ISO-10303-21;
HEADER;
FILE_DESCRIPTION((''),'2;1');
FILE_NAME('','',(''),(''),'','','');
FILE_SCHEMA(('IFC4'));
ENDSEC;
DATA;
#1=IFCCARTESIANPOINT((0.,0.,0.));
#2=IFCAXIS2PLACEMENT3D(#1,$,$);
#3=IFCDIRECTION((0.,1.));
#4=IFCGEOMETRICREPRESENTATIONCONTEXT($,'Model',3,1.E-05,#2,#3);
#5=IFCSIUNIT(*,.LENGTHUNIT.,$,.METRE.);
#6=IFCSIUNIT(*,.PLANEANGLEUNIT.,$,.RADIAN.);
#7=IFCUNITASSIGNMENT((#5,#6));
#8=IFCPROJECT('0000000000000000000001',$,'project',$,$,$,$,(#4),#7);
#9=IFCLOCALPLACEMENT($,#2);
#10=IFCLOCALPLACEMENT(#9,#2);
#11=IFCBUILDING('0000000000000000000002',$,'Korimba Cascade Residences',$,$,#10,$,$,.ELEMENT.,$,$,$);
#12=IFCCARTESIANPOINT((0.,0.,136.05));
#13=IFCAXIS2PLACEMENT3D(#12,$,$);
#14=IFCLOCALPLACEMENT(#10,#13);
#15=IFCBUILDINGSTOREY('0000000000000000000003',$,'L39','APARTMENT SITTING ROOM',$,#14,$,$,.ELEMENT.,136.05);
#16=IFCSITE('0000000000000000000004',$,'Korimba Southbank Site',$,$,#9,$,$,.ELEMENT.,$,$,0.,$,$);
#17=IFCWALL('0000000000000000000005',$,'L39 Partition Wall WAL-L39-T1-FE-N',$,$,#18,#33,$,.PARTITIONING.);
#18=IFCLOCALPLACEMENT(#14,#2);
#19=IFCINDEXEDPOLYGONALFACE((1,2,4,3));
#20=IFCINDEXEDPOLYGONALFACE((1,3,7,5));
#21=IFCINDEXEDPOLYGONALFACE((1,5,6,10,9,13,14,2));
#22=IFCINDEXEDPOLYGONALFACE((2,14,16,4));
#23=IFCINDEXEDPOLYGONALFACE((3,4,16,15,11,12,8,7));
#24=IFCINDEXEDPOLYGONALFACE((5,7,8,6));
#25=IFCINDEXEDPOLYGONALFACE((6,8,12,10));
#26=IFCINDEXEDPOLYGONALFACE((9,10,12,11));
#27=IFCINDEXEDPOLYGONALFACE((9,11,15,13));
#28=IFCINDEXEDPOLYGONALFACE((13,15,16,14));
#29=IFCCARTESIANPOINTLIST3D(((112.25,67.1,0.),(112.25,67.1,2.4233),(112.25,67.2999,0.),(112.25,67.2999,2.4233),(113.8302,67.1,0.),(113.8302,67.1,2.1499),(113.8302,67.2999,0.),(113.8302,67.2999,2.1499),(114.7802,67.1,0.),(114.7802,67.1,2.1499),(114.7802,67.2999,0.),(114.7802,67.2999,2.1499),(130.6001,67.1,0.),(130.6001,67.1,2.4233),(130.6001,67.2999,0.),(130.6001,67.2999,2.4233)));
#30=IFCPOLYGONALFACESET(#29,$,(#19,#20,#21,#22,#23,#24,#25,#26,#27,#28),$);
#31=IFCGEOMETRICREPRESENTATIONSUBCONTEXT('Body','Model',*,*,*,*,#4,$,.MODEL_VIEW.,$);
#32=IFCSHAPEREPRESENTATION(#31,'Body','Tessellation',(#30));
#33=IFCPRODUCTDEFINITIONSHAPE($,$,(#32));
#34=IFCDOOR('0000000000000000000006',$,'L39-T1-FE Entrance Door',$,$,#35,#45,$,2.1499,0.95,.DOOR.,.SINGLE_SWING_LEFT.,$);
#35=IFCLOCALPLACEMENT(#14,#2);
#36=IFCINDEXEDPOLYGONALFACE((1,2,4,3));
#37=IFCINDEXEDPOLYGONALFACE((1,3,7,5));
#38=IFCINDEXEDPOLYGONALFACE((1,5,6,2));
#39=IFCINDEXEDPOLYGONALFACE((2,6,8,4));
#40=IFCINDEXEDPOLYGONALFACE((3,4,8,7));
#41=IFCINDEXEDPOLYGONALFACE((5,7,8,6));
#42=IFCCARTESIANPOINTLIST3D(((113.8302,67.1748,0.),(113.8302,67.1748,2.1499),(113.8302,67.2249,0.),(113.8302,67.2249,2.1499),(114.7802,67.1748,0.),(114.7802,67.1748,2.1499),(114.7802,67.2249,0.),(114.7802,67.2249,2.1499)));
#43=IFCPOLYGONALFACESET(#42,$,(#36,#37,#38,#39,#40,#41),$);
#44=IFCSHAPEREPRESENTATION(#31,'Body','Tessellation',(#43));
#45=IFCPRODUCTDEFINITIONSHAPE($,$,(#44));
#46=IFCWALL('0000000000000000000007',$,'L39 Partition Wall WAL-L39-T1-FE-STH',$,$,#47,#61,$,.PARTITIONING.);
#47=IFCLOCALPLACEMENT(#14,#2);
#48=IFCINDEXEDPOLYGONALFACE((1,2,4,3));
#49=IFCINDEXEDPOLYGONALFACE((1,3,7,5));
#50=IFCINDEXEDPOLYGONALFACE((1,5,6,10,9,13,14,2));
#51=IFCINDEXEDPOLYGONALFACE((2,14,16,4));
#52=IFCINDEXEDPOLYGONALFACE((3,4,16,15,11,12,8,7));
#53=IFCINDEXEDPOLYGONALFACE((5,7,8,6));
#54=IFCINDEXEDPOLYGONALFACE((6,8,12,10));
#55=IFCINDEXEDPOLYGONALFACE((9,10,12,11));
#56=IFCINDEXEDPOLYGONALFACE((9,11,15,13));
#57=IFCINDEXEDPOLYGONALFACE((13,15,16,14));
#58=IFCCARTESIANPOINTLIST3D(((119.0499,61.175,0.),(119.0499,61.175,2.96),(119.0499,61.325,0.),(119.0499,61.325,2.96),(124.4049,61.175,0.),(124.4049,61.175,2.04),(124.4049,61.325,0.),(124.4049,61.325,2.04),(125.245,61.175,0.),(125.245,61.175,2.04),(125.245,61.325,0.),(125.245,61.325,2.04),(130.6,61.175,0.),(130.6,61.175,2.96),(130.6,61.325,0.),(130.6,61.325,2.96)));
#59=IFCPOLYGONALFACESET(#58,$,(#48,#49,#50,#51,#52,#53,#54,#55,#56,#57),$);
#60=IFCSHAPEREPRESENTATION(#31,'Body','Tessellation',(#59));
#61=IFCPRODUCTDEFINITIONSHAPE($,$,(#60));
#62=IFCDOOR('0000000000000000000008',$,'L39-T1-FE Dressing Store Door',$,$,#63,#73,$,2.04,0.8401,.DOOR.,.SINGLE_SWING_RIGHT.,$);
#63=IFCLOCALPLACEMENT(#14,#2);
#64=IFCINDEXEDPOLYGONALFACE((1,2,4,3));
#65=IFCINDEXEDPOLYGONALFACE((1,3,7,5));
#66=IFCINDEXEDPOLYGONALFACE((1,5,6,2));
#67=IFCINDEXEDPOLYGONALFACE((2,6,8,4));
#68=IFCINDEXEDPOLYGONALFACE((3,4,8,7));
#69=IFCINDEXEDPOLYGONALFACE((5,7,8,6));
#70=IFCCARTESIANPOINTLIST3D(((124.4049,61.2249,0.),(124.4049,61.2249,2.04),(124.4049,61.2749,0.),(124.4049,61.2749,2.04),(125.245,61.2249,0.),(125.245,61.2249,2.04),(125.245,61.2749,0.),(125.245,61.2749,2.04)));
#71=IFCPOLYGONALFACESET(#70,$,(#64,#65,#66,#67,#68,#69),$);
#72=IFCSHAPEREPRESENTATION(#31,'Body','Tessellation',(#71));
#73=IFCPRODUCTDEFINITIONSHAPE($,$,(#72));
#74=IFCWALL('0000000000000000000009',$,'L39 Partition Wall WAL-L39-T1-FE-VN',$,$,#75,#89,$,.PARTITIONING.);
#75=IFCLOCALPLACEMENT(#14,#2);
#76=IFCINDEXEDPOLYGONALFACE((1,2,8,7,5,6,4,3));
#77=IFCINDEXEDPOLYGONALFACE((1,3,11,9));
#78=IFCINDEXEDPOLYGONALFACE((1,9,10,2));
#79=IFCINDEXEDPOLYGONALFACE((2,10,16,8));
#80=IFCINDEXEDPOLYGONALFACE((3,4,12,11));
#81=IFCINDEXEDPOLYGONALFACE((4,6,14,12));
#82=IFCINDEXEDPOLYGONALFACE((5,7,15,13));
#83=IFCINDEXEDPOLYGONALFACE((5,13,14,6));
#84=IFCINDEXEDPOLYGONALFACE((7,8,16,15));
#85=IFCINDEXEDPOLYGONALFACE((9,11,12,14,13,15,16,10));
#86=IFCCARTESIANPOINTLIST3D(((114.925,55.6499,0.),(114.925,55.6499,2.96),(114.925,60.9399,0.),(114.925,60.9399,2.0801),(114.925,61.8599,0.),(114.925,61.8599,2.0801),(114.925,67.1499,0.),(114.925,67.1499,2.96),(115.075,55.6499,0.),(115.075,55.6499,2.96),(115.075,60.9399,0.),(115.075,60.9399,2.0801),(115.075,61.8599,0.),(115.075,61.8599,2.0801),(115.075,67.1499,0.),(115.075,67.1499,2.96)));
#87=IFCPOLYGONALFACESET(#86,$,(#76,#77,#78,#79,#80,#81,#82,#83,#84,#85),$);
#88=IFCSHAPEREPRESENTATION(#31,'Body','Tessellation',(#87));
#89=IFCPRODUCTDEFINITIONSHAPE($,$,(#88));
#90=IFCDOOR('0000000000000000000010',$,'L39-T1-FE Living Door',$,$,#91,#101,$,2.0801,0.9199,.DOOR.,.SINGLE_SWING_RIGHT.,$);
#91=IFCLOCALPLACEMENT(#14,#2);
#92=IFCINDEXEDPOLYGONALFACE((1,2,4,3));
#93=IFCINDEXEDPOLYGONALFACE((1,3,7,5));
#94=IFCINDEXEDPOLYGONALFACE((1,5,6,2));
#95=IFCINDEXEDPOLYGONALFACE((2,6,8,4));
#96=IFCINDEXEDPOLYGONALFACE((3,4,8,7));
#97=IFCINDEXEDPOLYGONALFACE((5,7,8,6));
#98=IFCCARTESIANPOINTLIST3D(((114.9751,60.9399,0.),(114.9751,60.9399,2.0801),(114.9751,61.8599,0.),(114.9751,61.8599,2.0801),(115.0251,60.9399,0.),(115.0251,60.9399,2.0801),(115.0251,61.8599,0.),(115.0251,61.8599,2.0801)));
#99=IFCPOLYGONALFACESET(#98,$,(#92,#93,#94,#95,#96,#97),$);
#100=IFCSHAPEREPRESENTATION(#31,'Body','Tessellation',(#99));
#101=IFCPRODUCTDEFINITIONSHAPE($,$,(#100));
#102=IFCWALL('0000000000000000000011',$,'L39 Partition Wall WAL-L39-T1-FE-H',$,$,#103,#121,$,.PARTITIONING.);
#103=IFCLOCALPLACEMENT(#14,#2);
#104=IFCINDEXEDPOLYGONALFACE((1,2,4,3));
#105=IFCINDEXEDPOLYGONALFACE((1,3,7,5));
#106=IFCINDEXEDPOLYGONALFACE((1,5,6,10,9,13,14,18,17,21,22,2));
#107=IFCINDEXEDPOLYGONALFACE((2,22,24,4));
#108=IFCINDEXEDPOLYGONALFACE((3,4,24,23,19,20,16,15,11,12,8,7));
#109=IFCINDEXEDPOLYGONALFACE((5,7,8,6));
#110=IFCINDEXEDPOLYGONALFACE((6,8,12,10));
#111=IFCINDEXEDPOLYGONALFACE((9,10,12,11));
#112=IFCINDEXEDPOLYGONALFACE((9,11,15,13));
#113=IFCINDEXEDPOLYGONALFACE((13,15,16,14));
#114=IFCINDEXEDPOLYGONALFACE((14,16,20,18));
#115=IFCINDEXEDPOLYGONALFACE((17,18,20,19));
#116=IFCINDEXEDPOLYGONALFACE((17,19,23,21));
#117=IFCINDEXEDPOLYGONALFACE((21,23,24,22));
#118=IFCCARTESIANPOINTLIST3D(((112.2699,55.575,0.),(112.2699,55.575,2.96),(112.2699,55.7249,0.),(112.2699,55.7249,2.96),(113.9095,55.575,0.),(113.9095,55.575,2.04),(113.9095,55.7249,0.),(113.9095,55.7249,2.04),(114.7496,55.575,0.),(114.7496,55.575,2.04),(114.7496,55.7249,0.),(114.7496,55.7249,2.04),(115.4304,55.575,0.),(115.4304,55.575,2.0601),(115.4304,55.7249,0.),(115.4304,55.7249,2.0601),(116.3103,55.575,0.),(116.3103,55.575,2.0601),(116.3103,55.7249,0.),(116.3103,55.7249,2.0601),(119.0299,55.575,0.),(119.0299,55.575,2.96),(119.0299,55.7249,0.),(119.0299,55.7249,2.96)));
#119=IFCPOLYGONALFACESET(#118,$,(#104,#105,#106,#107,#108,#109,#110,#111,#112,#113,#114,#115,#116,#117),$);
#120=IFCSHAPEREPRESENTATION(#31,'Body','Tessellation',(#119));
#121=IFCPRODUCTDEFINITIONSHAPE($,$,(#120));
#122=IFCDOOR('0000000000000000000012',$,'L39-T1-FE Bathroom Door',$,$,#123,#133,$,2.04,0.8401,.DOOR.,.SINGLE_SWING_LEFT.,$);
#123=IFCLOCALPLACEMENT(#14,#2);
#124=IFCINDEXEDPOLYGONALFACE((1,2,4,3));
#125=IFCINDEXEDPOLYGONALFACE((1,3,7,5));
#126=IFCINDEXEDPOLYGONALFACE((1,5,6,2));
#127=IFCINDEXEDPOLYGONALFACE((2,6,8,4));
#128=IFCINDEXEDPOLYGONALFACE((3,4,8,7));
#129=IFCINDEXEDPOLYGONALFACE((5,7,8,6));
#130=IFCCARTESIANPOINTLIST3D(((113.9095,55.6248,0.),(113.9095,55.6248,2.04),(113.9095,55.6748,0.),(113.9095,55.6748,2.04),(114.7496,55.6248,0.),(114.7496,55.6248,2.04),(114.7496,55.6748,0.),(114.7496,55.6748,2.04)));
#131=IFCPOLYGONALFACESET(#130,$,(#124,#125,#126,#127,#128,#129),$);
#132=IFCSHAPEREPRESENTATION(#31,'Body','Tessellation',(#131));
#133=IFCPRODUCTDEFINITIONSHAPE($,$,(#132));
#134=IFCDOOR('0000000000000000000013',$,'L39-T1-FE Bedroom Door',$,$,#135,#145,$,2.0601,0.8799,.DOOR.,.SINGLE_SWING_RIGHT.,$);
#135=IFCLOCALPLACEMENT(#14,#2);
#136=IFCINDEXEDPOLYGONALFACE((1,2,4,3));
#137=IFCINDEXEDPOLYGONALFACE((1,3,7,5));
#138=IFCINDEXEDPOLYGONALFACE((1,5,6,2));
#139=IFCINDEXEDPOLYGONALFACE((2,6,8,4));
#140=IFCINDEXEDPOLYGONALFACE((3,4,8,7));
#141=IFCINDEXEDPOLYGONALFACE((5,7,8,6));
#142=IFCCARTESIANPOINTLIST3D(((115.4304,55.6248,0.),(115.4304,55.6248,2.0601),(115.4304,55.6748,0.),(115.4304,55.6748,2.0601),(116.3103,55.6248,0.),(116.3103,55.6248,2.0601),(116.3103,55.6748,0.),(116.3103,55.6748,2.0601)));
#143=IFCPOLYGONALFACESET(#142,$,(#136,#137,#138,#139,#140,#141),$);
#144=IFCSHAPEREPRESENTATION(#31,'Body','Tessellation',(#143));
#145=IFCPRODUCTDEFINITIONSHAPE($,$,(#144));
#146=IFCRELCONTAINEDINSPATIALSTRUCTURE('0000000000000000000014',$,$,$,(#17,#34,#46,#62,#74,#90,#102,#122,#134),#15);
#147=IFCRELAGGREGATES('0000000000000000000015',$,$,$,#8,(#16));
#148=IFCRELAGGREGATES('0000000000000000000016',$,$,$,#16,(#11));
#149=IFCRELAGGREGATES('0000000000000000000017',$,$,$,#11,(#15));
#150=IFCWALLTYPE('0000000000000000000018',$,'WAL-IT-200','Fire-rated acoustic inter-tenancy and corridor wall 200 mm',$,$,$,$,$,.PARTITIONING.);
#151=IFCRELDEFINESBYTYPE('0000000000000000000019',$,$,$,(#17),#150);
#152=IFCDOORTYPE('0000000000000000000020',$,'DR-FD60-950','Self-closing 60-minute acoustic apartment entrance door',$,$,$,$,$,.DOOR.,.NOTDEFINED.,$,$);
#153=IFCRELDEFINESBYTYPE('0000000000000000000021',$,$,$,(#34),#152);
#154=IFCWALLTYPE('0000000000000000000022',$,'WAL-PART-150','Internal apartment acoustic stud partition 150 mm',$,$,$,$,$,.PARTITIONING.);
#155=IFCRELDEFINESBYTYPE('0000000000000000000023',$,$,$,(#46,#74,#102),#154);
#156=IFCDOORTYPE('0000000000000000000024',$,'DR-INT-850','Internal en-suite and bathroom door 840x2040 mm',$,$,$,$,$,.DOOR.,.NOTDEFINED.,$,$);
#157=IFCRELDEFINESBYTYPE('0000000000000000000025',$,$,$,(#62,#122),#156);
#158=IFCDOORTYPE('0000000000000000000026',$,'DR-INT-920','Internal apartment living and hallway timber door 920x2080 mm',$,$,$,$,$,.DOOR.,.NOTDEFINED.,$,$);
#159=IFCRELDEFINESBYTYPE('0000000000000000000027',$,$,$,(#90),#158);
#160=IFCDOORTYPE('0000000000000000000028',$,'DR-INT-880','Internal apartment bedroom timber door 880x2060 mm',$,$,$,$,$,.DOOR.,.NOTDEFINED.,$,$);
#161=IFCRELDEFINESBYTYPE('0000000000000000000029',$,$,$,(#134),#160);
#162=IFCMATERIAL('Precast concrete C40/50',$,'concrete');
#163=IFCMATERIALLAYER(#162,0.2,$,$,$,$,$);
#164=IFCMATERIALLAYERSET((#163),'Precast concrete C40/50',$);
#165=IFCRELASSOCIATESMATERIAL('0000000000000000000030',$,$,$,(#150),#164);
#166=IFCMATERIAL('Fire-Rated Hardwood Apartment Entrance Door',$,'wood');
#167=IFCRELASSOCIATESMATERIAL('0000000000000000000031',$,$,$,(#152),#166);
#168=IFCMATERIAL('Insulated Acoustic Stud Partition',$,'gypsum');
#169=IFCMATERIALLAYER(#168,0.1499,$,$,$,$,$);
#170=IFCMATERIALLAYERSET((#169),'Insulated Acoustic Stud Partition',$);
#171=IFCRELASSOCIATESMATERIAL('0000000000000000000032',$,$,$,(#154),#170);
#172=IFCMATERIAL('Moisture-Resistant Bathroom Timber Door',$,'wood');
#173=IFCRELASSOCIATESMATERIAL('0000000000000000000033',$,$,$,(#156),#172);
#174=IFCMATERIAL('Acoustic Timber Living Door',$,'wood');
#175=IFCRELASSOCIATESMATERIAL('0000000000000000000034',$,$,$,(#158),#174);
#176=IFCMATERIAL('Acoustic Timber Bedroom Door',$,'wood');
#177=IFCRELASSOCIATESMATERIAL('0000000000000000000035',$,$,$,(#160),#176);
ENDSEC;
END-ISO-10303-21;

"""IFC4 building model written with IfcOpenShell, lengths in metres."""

from ifc_helpers import new_model, si_unit, direction, frame, frame_2d, origin, place, context, subcontext, project, spatial, rectangle, extrude, material, layer, layer_set, type_object, element, fill, save


model = new_model("IFC4")

# Units and contexts
model_context = context("Model", 3, precision=1e-05, world=origin(), true_north=direction((0.0, 1.0)))
body_context = subcontext(model_context, "Body", "Model", "MODEL_VIEW")
ifc_project = project(units=[si_unit("LENGTHUNIT", "METRE"), si_unit("PLANEANGLEUNIT", "RADIAN")], contexts=[model_context])

# Site, building, storey
site_placement = place(None, origin())
site = spatial("IfcSite", under=ifc_project, at=site_placement, Name="Korimba Southbank Site", CompositionType="ELEMENT", RefElevation=0.0)
building_placement = place(site_placement, origin())
building = spatial("IfcBuilding", under=site, at=building_placement, Name="Korimba Cascade Residences", CompositionType="ELEMENT")
storey_placement = place(building_placement, frame((0.0, 0.0, 136.05)))
storey = spatial("IfcBuildingStorey", under=building, at=storey_placement, Name="L39", Description="APARTMENT SITTING ROOM", CompositionType="ELEMENT", Elevation=136.05)

# Walls, openings, doors
ifc_material_1 = material(Name="Precast concrete C40/50", Category="concrete")
ifc_layer_1 = layer(ifc_material_1, 0.2)
ifc_layer_set_1 = layer_set([ifc_layer_1], Name="Precast concrete C40/50")
wall_type_1 = type_object("IfcWallType", Name="WAL-IT-200", Description="Fire-rated acoustic inter-tenancy and corridor wall 200 mm", PredefinedType="PARTITIONING", material=ifc_layer_set_1)
wall_1_placement = place(storey_placement, frame((112.25, 67.2, 0.0), z_axis=(0.0, 0.0, 1.0), x_axis=(1.0, 0.0, 0.0)))
wall_1 = element("IfcWall", 1, at=wall_1_placement, inside=storey, type_object=wall_type_1, Name="L39 Partition Wall WAL-L39-T1-FE-N", PredefinedType="PARTITIONING", context=body_context, shape_type="SweptSolid", body=[
    extrude(rectangle(XDim=18.3501, YDim=0.2, at=frame_2d((9.175, 0.0))), origin(), (0.0, 0.0, 1.0), 2.4233),
])
opening_1_placement = place(wall_1_placement, frame((1.5801, 0.0, 0.0)))
opening_1 = element("IfcOpeningElement", 2, at=opening_1_placement, cuts=wall_1, PredefinedType="OPENING", context=body_context, shape_type="SweptSolid", body=[
    extrude(rectangle(XDim=0.95, YDim=2.1499, at=frame_2d((0.4751, 1.075))), frame((0.0, 0.1099, 0.0), z_axis=(0.0, -1.0, 0.0), x_axis=(1.0, 0.0, 0.0)), (0.0, 0.0, 1.0), 0.22),
])
ifc_material_2 = material(Name="Fire-Rated Hardwood Apartment Entrance Door", Category="wood")
door_type_1 = type_object("IfcDoorType", Name="DR-FD60-950", Description="Self-closing 60-minute acoustic apartment entrance door", OperationType="NOTDEFINED", PredefinedType="DOOR", material=ifc_material_2)
door_1_placement = place(opening_1_placement, origin())
door_1 = element("IfcDoor", 3, at=door_1_placement, inside=storey, type_object=door_type_1, Name="L39-T1-FE Entrance Door", OperationType="SINGLE_SWING_LEFT", OverallHeight=2.1499, OverallWidth=0.95, PredefinedType="DOOR", context=body_context, shape_type="SweptSolid", body=[
    extrude(rectangle(XDim=0.95, YDim=2.1499, at=frame_2d((0.4751, 1.075))), frame((0.0, 0.0249, 0.0), z_axis=(0.0, -1.0, 0.0), x_axis=(1.0, 0.0, 0.0)), (0.0, 0.0, 1.0), 0.05),
])
fill(opening_1, door_1)
ifc_material_3 = material(Name="Insulated Acoustic Stud Partition", Category="gypsum")
ifc_layer_2 = layer(ifc_material_3, 0.1499)
ifc_layer_set_2 = layer_set([ifc_layer_2], Name="Insulated Acoustic Stud Partition")
wall_type_2 = type_object("IfcWallType", Name="WAL-PART-150", Description="Internal apartment acoustic stud partition 150 mm", PredefinedType="PARTITIONING", material=ifc_layer_set_2)
wall_2_placement = place(storey_placement, frame((119.05, 61.25, 0.0), z_axis=(0.0, 0.0, 1.0), x_axis=(1.0, 0.0, 0.0)))
wall_2 = element("IfcWall", 4, at=wall_2_placement, inside=storey, type_object=wall_type_2, Name="L39 Partition Wall WAL-L39-T1-FE-STH", PredefinedType="PARTITIONING", context=body_context, shape_type="SweptSolid", body=[
    extrude(rectangle(XDim=11.55, YDim=0.1499, at=frame_2d((5.7749, 0.0))), origin(), (0.0, 0.0, 1.0), 2.96),
])
opening_2_placement = place(wall_2_placement, frame((5.355, 0.0, 0.0)))
opening_2 = element("IfcOpeningElement", 5, at=opening_2_placement, cuts=wall_2, PredefinedType="OPENING", context=body_context, shape_type="SweptSolid", body=[
    extrude(rectangle(XDim=0.8401, YDim=2.04, at=frame_2d((0.4199, 1.02))), frame((0.0, 0.085, 0.0), z_axis=(0.0, -1.0, 0.0), x_axis=(1.0, 0.0, 0.0)), (0.0, 0.0, 1.0), 0.1699),
])
ifc_material_4 = material(Name="Moisture-Resistant Bathroom Timber Door", Category="wood")
door_type_2 = type_object("IfcDoorType", Name="DR-INT-850", Description="Internal en-suite and bathroom door 840x2040 mm", OperationType="NOTDEFINED", PredefinedType="DOOR", material=ifc_material_4)
door_2_placement = place(opening_2_placement, origin())
door_2 = element("IfcDoor", 6, at=door_2_placement, inside=storey, type_object=door_type_2, Name="L39-T1-FE Dressing Store Door", OperationType="SINGLE_SWING_RIGHT", OverallHeight=2.04, OverallWidth=0.8401, PredefinedType="DOOR", context=body_context, shape_type="SweptSolid", body=[
    extrude(rectangle(XDim=0.8401, YDim=2.04, at=frame_2d((0.4199, 1.02))), frame((0.0, 0.0249, 0.0), z_axis=(0.0, -1.0, 0.0), x_axis=(1.0, 0.0, 0.0)), (0.0, 0.0, 1.0), 0.05),
])
fill(opening_2, door_2)
wall_3_placement = place(storey_placement, frame((115.0, 55.6499, 0.0), z_axis=(0.0, 0.0, 1.0), x_axis=(0.0, 1.0, 0.0)))
wall_3 = element("IfcWall", 7, at=wall_3_placement, inside=storey, type_object=wall_type_2, Name="L39 Partition Wall WAL-L39-T1-FE-VN", PredefinedType="PARTITIONING", context=body_context, shape_type="SweptSolid", body=[
    extrude(rectangle(XDim=11.5, YDim=0.1499, at=frame_2d((5.75, 0.0))), origin(), (0.0, 0.0, 1.0), 2.96),
])
opening_3_placement = place(wall_3_placement, frame((5.29, 0.0, 0.0)))
opening_3 = element("IfcOpeningElement", 8, at=opening_3_placement, cuts=wall_3, PredefinedType="OPENING", context=body_context, shape_type="SweptSolid", body=[
    extrude(rectangle(XDim=0.9199, YDim=2.0801, at=frame_2d((0.46, 1.04))), frame((0.0, 0.085, 0.0), z_axis=(0.0, -1.0, 0.0), x_axis=(1.0, 0.0, 0.0)), (0.0, 0.0, 1.0), 0.1699),
])
ifc_material_5 = material(Name="Acoustic Timber Living Door", Category="wood")
door_type_3 = type_object("IfcDoorType", Name="DR-INT-920", Description="Internal apartment living and hallway timber door 920x2080 mm", OperationType="NOTDEFINED", PredefinedType="DOOR", material=ifc_material_5)
door_3_placement = place(opening_3_placement, origin())
door_3 = element("IfcDoor", 9, at=door_3_placement, inside=storey, type_object=door_type_3, Name="L39-T1-FE Living Door", OperationType="SINGLE_SWING_RIGHT", OverallHeight=2.0801, OverallWidth=0.9199, PredefinedType="DOOR", context=body_context, shape_type="SweptSolid", body=[
    extrude(rectangle(XDim=0.9199, YDim=2.0801, at=frame_2d((0.46, 1.04))), frame((0.0, 0.0249, 0.0), z_axis=(0.0, -1.0, 0.0), x_axis=(1.0, 0.0, 0.0)), (0.0, 0.0, 1.0), 0.05),
])
fill(opening_3, door_3)

# Wall, openings, doors
wall_4_placement = place(storey_placement, frame((112.27, 55.6499, 0.0), z_axis=(0.0, 0.0, 1.0), x_axis=(1.0, 0.0, 0.0)))
wall_4 = element("IfcWall", 10, at=wall_4_placement, inside=storey, type_object=wall_type_2, Name="L39 Partition Wall WAL-L39-T1-FE-H", PredefinedType="PARTITIONING", context=body_context, shape_type="SweptSolid", body=[
    extrude(rectangle(XDim=6.76, YDim=0.1499, at=frame_2d((3.3799, 0.0))), origin(), (0.0, 0.0, 1.0), 2.96),
])
opening_4_placement = place(wall_4_placement, frame((1.6396, 0.0, 0.0)))
opening_4 = element("IfcOpeningElement", 11, at=opening_4_placement, cuts=wall_4, PredefinedType="OPENING", context=body_context, shape_type="SweptSolid", body=[
    extrude(rectangle(XDim=0.8401, YDim=2.04, at=frame_2d((0.4199, 1.02))), frame((0.0, 0.085, 0.0), z_axis=(0.0, -1.0, 0.0), x_axis=(1.0, 0.0, 0.0)), (0.0, 0.0, 1.0), 0.1699),
])
opening_5_placement = place(wall_4_placement, frame((3.1604, 0.0, 0.0)))
opening_5 = element("IfcOpeningElement", 12, at=opening_5_placement, cuts=wall_4, PredefinedType="OPENING", context=body_context, shape_type="SweptSolid", body=[
    extrude(rectangle(XDim=0.8799, YDim=2.0601, at=frame_2d((0.4399, 1.03))), frame((0.0, 0.085, 0.0), z_axis=(0.0, -1.0, 0.0), x_axis=(1.0, 0.0, 0.0)), (0.0, 0.0, 1.0), 0.1699),
])
door_4_placement = place(opening_4_placement, origin())
door_4 = element("IfcDoor", 13, at=door_4_placement, inside=storey, type_object=door_type_2, Name="L39-T1-FE Bathroom Door", OperationType="SINGLE_SWING_LEFT", OverallHeight=2.04, OverallWidth=0.8401, PredefinedType="DOOR", context=body_context, shape_type="SweptSolid", body=[
    extrude(rectangle(XDim=0.8401, YDim=2.04, at=frame_2d((0.4199, 1.02))), frame((0.0, 0.0249, 0.0), z_axis=(0.0, -1.0, 0.0), x_axis=(1.0, 0.0, 0.0)), (0.0, 0.0, 1.0), 0.05),
])
fill(opening_4, door_4)
ifc_material_6 = material(Name="Acoustic Timber Bedroom Door", Category="wood")
door_type_4 = type_object("IfcDoorType", Name="DR-INT-880", Description="Internal apartment bedroom timber door 880x2060 mm", OperationType="NOTDEFINED", PredefinedType="DOOR", material=ifc_material_6)
door_5_placement = place(opening_5_placement, origin())
door_5 = element("IfcDoor", 14, at=door_5_placement, inside=storey, type_object=door_type_4, Name="L39-T1-FE Bedroom Door", OperationType="SINGLE_SWING_RIGHT", OverallHeight=2.0601, OverallWidth=0.8799, PredefinedType="DOOR", context=body_context, shape_type="SweptSolid", body=[
    extrude(rectangle(XDim=0.8799, YDim=2.0601, at=frame_2d((0.4399, 1.03))), frame((0.0, 0.0249, 0.0), z_axis=(0.0, -1.0, 0.0), x_axis=(1.0, 0.0, 0.0)), (0.0, 0.0, 1.0), 0.05),
])
fill(opening_5, door_5)

save(model, "model.ifc")
